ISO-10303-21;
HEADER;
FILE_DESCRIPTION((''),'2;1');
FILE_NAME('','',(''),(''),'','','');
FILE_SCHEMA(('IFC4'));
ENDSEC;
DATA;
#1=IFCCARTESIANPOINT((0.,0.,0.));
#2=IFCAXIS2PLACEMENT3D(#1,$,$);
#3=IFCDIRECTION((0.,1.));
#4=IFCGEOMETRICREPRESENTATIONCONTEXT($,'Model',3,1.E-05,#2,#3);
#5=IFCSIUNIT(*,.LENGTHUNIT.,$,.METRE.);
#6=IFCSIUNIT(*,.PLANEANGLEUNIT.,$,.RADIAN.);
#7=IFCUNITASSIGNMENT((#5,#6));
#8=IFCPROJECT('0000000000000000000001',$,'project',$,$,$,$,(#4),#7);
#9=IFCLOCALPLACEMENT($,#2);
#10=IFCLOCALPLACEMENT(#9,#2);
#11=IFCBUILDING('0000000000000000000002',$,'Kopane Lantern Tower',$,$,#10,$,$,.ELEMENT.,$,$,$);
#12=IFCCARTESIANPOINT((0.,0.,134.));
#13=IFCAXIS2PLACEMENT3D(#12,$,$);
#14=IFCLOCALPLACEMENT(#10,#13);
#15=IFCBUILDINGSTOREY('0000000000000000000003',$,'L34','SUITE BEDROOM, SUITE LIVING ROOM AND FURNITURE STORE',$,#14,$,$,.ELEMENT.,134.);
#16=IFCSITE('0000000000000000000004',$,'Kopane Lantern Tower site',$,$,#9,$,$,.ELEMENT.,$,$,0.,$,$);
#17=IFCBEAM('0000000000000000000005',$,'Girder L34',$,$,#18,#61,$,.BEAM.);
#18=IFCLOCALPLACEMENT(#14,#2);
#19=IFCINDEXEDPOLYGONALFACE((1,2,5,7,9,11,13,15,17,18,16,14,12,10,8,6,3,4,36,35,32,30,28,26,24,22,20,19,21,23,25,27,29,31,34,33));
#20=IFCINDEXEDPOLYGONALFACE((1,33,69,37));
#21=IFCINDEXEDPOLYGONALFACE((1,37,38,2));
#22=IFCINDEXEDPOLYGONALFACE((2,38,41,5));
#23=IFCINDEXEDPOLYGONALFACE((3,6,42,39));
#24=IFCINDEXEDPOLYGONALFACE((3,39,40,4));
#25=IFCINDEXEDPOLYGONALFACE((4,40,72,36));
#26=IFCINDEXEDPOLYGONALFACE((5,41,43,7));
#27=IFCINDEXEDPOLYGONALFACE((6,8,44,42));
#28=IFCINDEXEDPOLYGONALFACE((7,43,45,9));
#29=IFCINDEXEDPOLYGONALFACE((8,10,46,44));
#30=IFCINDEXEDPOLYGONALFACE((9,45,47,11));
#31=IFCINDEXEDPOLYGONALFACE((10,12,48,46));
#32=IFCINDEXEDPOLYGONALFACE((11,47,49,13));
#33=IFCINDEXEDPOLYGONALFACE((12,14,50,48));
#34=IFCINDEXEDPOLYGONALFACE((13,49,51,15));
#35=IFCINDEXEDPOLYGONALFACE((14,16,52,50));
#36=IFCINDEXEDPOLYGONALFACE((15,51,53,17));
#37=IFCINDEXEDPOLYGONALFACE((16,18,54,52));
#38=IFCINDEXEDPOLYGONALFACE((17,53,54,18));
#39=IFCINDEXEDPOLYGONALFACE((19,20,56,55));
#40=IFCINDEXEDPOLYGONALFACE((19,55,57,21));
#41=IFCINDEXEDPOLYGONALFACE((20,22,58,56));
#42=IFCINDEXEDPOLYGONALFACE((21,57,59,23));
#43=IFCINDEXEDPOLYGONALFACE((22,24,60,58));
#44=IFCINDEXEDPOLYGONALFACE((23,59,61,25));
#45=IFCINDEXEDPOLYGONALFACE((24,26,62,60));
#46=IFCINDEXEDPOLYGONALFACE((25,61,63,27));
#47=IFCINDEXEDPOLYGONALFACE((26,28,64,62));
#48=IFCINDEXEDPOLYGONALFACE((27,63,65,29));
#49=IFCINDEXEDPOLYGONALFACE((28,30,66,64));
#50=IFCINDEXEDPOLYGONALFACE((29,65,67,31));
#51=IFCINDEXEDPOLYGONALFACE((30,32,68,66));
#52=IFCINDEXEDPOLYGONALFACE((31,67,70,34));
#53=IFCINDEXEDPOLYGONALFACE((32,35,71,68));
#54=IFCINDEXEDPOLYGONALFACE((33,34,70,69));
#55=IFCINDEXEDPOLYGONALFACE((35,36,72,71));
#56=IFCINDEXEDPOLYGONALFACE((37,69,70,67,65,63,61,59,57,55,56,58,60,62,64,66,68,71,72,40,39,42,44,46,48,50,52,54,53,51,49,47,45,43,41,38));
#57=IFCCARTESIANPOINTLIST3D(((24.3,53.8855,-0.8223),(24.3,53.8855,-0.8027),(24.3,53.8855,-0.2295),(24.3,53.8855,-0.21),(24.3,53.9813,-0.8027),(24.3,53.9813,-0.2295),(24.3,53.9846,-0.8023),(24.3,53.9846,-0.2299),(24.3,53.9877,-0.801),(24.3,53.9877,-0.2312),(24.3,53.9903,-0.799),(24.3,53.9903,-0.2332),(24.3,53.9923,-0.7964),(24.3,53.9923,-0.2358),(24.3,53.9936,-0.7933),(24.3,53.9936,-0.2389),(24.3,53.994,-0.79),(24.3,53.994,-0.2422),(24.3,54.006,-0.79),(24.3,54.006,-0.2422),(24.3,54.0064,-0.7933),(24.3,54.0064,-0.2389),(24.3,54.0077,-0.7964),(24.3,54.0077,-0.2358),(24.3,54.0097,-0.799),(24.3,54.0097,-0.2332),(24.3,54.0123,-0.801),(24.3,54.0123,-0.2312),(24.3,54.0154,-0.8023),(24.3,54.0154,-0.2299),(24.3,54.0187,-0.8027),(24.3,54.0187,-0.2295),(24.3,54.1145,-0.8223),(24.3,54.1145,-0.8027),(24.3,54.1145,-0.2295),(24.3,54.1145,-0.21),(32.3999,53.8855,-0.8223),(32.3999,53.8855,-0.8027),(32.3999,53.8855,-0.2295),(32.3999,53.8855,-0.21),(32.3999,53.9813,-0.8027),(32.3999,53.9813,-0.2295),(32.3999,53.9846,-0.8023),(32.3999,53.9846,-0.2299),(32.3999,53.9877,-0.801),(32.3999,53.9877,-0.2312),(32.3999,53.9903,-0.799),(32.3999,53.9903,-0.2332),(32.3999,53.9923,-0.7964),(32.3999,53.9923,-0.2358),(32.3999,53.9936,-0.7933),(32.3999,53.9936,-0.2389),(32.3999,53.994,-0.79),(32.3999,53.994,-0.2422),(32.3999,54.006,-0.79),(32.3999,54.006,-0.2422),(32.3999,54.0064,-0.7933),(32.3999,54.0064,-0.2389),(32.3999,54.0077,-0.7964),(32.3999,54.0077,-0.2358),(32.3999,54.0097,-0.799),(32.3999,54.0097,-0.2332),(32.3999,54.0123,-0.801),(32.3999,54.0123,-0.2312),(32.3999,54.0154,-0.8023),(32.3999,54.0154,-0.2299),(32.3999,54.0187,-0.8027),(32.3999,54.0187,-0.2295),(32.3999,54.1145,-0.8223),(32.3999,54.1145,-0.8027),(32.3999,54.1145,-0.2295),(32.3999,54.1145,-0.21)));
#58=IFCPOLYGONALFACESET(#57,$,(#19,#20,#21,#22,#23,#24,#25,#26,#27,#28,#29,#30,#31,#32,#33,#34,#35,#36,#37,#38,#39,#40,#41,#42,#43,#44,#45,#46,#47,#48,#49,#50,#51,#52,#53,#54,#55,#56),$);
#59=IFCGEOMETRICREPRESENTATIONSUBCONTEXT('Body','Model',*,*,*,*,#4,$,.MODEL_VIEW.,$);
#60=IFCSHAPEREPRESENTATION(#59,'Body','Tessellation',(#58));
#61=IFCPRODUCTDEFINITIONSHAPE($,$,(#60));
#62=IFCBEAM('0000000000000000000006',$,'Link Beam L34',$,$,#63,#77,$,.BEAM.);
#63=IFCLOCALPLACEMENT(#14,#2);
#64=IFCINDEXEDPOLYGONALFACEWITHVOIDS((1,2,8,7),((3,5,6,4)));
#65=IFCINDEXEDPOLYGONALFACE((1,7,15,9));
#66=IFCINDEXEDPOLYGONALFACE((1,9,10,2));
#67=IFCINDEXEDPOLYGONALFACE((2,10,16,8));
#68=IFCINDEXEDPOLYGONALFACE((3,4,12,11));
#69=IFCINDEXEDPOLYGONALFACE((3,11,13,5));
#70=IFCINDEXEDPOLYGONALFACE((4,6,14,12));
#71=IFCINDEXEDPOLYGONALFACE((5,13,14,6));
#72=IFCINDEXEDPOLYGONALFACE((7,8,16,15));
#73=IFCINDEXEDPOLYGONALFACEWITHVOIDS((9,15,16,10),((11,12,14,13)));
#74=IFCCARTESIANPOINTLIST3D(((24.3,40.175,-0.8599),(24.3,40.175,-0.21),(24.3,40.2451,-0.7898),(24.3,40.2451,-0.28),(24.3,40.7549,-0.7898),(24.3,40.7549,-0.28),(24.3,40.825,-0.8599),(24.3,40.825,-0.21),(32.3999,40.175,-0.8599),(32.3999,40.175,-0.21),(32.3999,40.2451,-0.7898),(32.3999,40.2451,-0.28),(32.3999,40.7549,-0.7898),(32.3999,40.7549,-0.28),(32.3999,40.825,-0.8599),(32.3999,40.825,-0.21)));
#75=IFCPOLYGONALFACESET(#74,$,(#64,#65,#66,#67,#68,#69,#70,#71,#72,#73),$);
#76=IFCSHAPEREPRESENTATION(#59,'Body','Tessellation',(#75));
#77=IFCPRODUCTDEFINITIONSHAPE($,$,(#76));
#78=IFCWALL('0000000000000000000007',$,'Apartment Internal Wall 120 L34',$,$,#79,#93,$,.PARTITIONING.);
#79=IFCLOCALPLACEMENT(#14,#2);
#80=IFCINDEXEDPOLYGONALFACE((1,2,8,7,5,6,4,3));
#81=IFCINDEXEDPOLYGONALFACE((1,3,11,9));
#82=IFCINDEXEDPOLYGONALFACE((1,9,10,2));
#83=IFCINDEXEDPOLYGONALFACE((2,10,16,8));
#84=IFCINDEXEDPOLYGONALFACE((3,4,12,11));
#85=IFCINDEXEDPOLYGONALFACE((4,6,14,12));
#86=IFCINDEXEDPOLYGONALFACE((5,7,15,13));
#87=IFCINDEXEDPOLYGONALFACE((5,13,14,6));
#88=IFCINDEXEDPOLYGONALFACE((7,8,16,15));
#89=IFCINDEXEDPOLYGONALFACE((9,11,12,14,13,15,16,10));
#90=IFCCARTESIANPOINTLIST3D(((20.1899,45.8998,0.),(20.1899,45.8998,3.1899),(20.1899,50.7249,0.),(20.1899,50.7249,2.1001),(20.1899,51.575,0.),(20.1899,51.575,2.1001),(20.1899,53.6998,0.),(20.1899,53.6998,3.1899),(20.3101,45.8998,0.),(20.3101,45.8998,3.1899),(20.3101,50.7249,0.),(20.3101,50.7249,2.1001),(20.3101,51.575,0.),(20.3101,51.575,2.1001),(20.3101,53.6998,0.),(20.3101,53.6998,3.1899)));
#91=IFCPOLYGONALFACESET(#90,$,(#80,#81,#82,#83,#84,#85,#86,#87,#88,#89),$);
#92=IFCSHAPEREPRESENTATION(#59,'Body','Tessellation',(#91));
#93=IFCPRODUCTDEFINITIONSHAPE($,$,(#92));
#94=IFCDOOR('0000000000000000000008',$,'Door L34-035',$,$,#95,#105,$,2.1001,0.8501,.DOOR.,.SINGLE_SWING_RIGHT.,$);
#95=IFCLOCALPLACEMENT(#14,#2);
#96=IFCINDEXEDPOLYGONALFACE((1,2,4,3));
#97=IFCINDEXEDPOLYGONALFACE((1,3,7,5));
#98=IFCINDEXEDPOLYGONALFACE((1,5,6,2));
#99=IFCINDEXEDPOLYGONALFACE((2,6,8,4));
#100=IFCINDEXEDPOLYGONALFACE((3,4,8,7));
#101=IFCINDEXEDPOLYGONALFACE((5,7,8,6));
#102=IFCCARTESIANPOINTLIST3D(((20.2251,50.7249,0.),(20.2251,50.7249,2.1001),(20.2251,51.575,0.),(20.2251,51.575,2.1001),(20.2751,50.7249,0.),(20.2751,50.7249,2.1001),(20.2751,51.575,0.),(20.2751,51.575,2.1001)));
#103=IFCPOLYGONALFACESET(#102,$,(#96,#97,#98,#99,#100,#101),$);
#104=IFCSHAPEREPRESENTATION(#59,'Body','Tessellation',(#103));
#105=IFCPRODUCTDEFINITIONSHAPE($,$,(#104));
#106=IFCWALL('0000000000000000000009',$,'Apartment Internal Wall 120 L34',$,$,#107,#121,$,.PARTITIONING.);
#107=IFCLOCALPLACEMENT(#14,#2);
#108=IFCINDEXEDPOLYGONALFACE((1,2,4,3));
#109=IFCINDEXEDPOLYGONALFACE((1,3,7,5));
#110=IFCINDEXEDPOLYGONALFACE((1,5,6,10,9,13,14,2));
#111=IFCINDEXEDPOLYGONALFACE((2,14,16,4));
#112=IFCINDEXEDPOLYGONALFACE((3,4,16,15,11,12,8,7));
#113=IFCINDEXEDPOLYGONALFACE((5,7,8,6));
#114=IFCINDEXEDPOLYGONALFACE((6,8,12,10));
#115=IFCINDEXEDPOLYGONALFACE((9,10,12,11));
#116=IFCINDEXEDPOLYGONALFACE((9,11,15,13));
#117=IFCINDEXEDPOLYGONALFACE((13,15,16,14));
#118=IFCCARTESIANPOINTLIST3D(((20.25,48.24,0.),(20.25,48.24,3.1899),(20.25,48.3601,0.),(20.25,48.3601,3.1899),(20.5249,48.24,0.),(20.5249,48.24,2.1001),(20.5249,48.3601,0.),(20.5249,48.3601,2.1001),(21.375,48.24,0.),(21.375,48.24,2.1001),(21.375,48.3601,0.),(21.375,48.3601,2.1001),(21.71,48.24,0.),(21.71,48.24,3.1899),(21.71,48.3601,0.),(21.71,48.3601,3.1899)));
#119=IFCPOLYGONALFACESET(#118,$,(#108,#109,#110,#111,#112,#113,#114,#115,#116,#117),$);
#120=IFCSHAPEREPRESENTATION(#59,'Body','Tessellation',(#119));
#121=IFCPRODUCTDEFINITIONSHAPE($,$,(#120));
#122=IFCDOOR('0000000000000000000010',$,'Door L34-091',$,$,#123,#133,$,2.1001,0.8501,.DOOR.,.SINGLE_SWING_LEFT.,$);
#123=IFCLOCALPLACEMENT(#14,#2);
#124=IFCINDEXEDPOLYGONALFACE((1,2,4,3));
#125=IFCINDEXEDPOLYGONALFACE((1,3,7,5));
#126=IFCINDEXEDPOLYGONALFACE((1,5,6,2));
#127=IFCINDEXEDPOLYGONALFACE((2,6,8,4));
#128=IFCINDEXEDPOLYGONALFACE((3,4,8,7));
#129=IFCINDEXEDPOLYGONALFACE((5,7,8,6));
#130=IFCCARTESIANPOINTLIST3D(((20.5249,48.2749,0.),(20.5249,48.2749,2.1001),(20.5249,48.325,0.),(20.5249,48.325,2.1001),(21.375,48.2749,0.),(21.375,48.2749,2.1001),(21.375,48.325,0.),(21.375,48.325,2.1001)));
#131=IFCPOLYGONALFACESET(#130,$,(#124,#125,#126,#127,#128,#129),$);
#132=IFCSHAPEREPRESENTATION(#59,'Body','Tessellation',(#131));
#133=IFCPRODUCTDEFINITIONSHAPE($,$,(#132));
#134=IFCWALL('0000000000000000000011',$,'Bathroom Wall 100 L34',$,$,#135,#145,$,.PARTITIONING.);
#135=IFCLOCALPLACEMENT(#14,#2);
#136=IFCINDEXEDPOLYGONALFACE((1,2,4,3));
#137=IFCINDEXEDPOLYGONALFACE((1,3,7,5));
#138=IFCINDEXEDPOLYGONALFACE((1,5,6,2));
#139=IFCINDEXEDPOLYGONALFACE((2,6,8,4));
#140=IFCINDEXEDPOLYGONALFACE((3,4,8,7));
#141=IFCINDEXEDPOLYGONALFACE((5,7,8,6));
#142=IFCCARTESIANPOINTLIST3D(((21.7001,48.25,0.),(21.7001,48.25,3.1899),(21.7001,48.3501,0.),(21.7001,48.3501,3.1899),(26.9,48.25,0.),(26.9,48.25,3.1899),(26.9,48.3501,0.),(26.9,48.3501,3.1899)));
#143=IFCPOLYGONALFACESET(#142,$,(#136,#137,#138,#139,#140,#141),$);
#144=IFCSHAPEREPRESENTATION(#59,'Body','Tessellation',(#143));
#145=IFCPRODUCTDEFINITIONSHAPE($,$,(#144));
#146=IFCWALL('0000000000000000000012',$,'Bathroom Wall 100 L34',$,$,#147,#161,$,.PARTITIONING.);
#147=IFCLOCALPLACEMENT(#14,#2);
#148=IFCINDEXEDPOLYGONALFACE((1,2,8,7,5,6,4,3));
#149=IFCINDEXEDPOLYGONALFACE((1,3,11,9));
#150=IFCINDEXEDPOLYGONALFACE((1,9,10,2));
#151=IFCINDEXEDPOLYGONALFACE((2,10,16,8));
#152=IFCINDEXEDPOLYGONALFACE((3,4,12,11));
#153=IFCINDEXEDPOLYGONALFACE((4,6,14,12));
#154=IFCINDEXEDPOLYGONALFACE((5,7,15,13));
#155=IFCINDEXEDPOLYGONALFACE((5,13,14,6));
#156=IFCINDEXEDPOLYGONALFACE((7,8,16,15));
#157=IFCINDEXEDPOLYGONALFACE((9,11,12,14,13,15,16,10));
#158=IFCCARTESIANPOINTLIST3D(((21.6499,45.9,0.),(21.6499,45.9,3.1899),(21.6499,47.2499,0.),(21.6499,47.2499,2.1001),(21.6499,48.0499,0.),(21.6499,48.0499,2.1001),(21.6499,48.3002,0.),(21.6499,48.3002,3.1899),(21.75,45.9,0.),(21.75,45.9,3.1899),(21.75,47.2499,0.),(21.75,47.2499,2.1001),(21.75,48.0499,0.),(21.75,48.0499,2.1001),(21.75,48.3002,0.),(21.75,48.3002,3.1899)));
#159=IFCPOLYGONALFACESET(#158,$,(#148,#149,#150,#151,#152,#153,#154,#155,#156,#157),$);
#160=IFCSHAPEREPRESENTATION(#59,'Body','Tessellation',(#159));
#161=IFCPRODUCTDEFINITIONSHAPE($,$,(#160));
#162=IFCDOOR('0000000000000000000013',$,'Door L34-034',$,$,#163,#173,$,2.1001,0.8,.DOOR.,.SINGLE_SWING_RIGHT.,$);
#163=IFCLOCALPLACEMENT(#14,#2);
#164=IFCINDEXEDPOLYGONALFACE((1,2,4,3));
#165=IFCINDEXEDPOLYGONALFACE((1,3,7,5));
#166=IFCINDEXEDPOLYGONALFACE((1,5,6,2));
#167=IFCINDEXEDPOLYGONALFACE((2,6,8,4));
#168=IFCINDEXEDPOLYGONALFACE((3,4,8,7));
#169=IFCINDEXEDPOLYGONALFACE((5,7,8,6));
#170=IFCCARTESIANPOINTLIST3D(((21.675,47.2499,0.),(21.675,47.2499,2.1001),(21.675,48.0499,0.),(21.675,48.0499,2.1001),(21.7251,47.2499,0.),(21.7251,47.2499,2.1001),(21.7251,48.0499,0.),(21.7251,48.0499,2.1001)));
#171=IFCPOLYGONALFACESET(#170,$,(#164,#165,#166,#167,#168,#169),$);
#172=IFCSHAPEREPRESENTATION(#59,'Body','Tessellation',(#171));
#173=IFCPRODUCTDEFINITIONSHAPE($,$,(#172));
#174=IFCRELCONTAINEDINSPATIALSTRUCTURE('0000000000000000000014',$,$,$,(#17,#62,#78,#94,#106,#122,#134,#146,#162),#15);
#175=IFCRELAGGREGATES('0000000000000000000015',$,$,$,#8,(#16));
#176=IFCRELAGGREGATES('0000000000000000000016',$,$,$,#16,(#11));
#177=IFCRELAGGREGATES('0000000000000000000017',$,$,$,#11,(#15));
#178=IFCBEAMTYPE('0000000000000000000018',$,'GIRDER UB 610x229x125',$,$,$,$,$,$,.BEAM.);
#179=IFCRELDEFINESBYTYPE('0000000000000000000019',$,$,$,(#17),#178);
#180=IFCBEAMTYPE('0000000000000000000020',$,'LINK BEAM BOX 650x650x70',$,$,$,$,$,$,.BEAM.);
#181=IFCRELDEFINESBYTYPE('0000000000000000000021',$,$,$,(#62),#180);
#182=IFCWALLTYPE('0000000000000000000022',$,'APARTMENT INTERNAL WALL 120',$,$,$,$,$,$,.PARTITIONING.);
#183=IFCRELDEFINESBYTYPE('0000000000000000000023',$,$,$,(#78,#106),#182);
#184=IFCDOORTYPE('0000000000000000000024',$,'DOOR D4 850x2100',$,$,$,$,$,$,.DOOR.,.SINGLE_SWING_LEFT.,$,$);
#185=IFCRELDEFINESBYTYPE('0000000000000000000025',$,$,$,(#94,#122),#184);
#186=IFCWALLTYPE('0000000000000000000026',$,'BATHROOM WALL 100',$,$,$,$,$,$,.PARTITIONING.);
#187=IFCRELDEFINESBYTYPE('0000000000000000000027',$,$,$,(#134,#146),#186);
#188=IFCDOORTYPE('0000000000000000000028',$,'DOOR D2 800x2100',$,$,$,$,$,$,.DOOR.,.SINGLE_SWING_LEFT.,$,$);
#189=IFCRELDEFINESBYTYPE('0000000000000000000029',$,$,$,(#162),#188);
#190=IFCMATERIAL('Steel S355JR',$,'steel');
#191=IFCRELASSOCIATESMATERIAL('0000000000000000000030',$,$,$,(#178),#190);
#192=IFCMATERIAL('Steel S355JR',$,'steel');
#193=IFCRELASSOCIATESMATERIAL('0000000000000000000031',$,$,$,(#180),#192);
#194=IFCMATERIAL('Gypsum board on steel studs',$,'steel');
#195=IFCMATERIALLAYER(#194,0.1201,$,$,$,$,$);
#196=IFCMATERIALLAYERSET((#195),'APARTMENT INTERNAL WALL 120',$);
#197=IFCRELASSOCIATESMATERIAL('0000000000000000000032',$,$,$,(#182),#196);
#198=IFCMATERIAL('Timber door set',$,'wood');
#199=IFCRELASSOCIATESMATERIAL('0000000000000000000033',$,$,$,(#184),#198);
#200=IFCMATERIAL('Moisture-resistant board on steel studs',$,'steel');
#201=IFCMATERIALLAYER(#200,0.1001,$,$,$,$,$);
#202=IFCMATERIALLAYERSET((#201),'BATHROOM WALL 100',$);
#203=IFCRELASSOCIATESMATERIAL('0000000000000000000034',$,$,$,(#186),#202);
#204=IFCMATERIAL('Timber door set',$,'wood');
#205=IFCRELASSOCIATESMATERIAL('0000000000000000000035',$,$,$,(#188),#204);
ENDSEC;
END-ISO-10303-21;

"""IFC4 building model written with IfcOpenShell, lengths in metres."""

from ifc_helpers import new_model, si_unit, direction, frame, frame_2d, origin, origin_2d, place, context, subcontext, project, spatial, rectangle, hollow_rectangle, i_section, extrude, material, layer, layer_set, material_profile, profile_set, type_object, element, fill, save


model = new_model("IFC4")

# Units and contexts
model_context = context("Model", 3, precision=1e-05, world=origin(), true_north=direction((0.0, 1.0)))
body_context = subcontext(model_context, "Body", "Model", "MODEL_VIEW")
ifc_project = project(units=[si_unit("LENGTHUNIT", "METRE"), si_unit("PLANEANGLEUNIT", "RADIAN")], contexts=[model_context])

# Site, building, storey
site_placement = place(None, origin())
site = spatial("IfcSite", under=ifc_project, at=site_placement, Name="Kopane Lantern Tower site", CompositionType="ELEMENT", RefElevation=0.0)
building_placement = place(site_placement, origin())
building = spatial("IfcBuilding", under=site, at=building_placement, Name="Kopane Lantern Tower", CompositionType="ELEMENT")
storey_placement = place(building_placement, frame((0.0, 0.0, 134.0)))
storey = spatial("IfcBuildingStorey", under=building, at=storey_placement, Name="L34", Description="SUITE BEDROOM, SUITE LIVING ROOM AND FURNITURE STORE", CompositionType="ELEMENT", Elevation=134.0)

# Beams
ifc_material_1 = material(Name="Steel S355JR", Category="steel")
ifc_material_profile_1 = material_profile(ifc_material_1, i_section(OverallWidth=0.229, OverallDepth=0.6123, WebThickness=0.012, FlangeThickness=0.0195, FilletRadius=0.0127, at=origin_2d()), Name="UB 610x229x125")
ifc_profile_set_1 = profile_set([ifc_material_profile_1], Name="Steel S355JR")
beam_type_1 = type_object("IfcBeamType", Name="GIRDER UB 610x229x125", PredefinedType="BEAM", material=ifc_profile_set_1)
for number, where, z_axis, x_axis, name in (
    (1, (24.3, 54.0, -0.5161), (1.0, 0.0, 0.0), (0.0, 1.0, 0.0), "Girder L34"),
):
    element("IfcBeam", number, at=place(storey_placement, frame(where, z_axis=z_axis, x_axis=x_axis)), inside=storey, type_object=beam_type_1, Name=name, PredefinedType="BEAM", context=body_context, shape_type="SweptSolid", body=[
        extrude(i_section(OverallWidth=0.229, OverallDepth=0.6123, WebThickness=0.012, FlangeThickness=0.0195, FilletRadius=0.0127, at=origin_2d()), origin(), (0.0, 0.0, 1.0), 8.0999),
    ])
ifc_material_2 = material(Name="Steel S355JR", Category="steel")
ifc_material_profile_2 = material_profile(ifc_material_2, hollow_rectangle(XDim=0.6499, YDim=0.6499, WallThickness=0.0701, at=origin_2d()), Name="BOX 650x650x70")
ifc_profile_set_2 = profile_set([ifc_material_profile_2], Name="Steel S355JR")
beam_type_2 = type_object("IfcBeamType", Name="LINK BEAM BOX 650x650x70", PredefinedType="BEAM", material=ifc_profile_set_2)
beam_1_placement = place(storey_placement, frame((24.3, 40.5, -0.5349), z_axis=(1.0, 0.0, 0.0), x_axis=(0.0, 1.0, 0.0)))
element("IfcBeam", 2, at=beam_1_placement, inside=storey, type_object=beam_type_2, Name="Link Beam L34", PredefinedType="BEAM", context=body_context, shape_type="SweptSolid", body=[
    extrude(hollow_rectangle(XDim=0.6499, YDim=0.6499, WallThickness=0.0701, at=origin_2d()), origin(), (0.0, 0.0, 1.0), 8.0999),
])

# Walls, openings, doors
ifc_material_3 = material(Name="Gypsum board on steel studs", Category="steel")
ifc_layer_1 = layer(ifc_material_3, 0.1201)
ifc_layer_set_1 = layer_set([ifc_layer_1], Name="APARTMENT INTERNAL WALL 120")
wall_type_1 = type_object("IfcWallType", Name="APARTMENT INTERNAL WALL 120", PredefinedType="PARTITIONING", material=ifc_layer_set_1)
wall_1_placement = place(storey_placement, frame((20.25, 45.8999, 0.0), z_axis=(0.0, 0.0, 1.0), x_axis=(0.0, 1.0, 0.0)))
wall_1 = element("IfcWall", 3, at=wall_1_placement, inside=storey, type_object=wall_type_1, Name="Apartment Internal Wall 120 L34", PredefinedType="PARTITIONING", context=body_context, shape_type="SweptSolid", body=[
    extrude(rectangle(XDim=7.8, YDim=0.1201, at=frame_2d((3.8999, 0.0))), origin(), (0.0, 0.0, 1.0), 3.1899),
])
opening_1_placement = place(wall_1_placement, frame((4.825, 0.0, 0.0)))
opening_1 = element("IfcOpeningElement", 4, at=opening_1_placement, cuts=wall_1, PredefinedType="OPENING", context=body_context, shape_type="SweptSolid", body=[
    extrude(rectangle(XDim=0.8501, YDim=2.1001, at=frame_2d((0.425, 1.05))), frame((0.0, 0.0701, 0.0), z_axis=(0.0, -1.0, 0.0), x_axis=(1.0, 0.0, 0.0)), (0.0, 0.0, 1.0), 0.1401),
])
ifc_material_4 = material(Name="Timber door set", Category="wood")
door_type_1 = type_object("IfcDoorType", Name="DOOR D4 850x2100", OperationType="SINGLE_SWING_LEFT", PredefinedType="DOOR", material=ifc_material_4)
door_1_placement = place(opening_1_placement, origin())
door_1 = element("IfcDoor", 5, at=door_1_placement, inside=storey, type_object=door_type_1, Name="Door L34-035", OperationType="SINGLE_SWING_RIGHT", OverallHeight=2.1001, OverallWidth=0.8501, PredefinedType="DOOR", context=body_context, shape_type="SweptSolid", body=[
    extrude(rectangle(XDim=0.8501, YDim=2.1001, at=frame_2d((0.425, 1.05))), frame((0.0, 0.0249, 0.0), z_axis=(0.0, -1.0, 0.0), x_axis=(1.0, 0.0, 0.0)), (0.0, 0.0, 1.0), 0.05),
])
fill(opening_1, door_1)
wall_2_placement = place(storey_placement, frame((20.25, 48.3, 0.0), z_axis=(0.0, 0.0, 1.0), x_axis=(1.0, 0.0, 0.0)))
wall_2 = element("IfcWall", 6, at=wall_2_placement, inside=storey, type_object=wall_type_1, Name="Apartment Internal Wall 120 L34", PredefinedType="PARTITIONING", context=body_context, shape_type="SweptSolid", body=[
    extrude(rectangle(XDim=1.46, YDim=0.1201, at=frame_2d((0.73, 0.0))), origin(), (0.0, 0.0, 1.0), 3.1899),
])
opening_2_placement = place(wall_2_placement, frame((0.2749, 0.0, 0.0)))
opening_2 = element("IfcOpeningElement", 7, at=opening_2_placement, cuts=wall_2, PredefinedType="OPENING", context=body_context, shape_type="SweptSolid", body=[
    extrude(rectangle(XDim=0.8501, YDim=2.1001, at=frame_2d((0.425, 1.05))), frame((0.0, 0.0701, 0.0), z_axis=(0.0, -1.0, 0.0), x_axis=(1.0, 0.0, 0.0)), (0.0, 0.0, 1.0), 0.1401),
])
door_2_placement = place(opening_2_placement, origin())
door_2 = element("IfcDoor", 8, at=door_2_placement, inside=storey, type_object=door_type_1, Name="Door L34-091", OperationType="SINGLE_SWING_LEFT", OverallHeight=2.1001, OverallWidth=0.8501, PredefinedType="DOOR", context=body_context, shape_type="SweptSolid", body=[
    extrude(rectangle(XDim=0.8501, YDim=2.1001, at=frame_2d((0.425, 1.05))), frame((0.0, 0.0249, 0.0), z_axis=(0.0, -1.0, 0.0), x_axis=(1.0, 0.0, 0.0)), (0.0, 0.0, 1.0), 0.05),
])
fill(opening_2, door_2)

# Wall
ifc_material_5 = material(Name="Moisture-resistant board on steel studs", Category="steel")
ifc_layer_2 = layer(ifc_material_5, 0.1001)
ifc_layer_set_2 = layer_set([ifc_layer_2], Name="BATHROOM WALL 100")
wall_type_2 = type_object("IfcWallType", Name="BATHROOM WALL 100", PredefinedType="PARTITIONING", material=ifc_layer_set_2)
wall_3_placement = place(storey_placement, frame((21.7, 48.3, 0.0), z_axis=(0.0, 0.0, 1.0), x_axis=(1.0, 0.0, 0.0)))
element("IfcWall", 9, at=wall_3_placement, inside=storey, type_object=wall_type_2, Name="Bathroom Wall 100 L34", PredefinedType="PARTITIONING", context=body_context, shape_type="SweptSolid", body=[
    extrude(rectangle(XDim=5.2, YDim=0.1001, at=frame_2d((2.6001, 0.0))), origin(), (0.0, 0.0, 1.0), 3.1899),
])

# Wall, opening, door
wall_4_placement = place(storey_placement, frame((21.7, 45.8999, 0.0), z_axis=(0.0, 0.0, 1.0), x_axis=(0.0, 1.0, 0.0)))
wall_4 = element("IfcWall", 10, at=wall_4_placement, inside=storey, type_object=wall_type_2, Name="Bathroom Wall 100 L34", PredefinedType="PARTITIONING", context=body_context, shape_type="SweptSolid", body=[
    extrude(rectangle(XDim=2.4001, YDim=0.1001, at=frame_2d((1.2002, 0.0))), origin(), (0.0, 0.0, 1.0), 3.1899),
])
opening_3_placement = place(wall_4_placement, frame((1.3501, 0.0, 0.0)))
opening_3 = element("IfcOpeningElement", 11, at=opening_3_placement, cuts=wall_4, PredefinedType="OPENING", context=body_context, shape_type="SweptSolid", body=[
    extrude(rectangle(XDim=0.8, YDim=2.1001, at=frame_2d((0.3999, 1.05))), frame((0.0, 0.0601, 0.0), z_axis=(0.0, -1.0, 0.0), x_axis=(1.0, 0.0, 0.0)), (0.0, 0.0, 1.0), 0.1201),
])
ifc_material_6 = material(Name="Timber door set", Category="wood")
door_type_2 = type_object("IfcDoorType", Name="DOOR D2 800x2100", OperationType="SINGLE_SWING_LEFT", PredefinedType="DOOR", material=ifc_material_6)
door_3_placement = place(opening_3_placement, origin())
door_3 = element("IfcDoor", 12, at=door_3_placement, inside=storey, type_object=door_type_2, Name="Door L34-034", OperationType="SINGLE_SWING_RIGHT", OverallHeight=2.1001, OverallWidth=0.8, PredefinedType="DOOR", context=body_context, shape_type="SweptSolid", body=[
    extrude(rectangle(XDim=0.8, YDim=2.1001, at=frame_2d((0.3999, 1.05))), frame((0.0, 0.0249, 0.0), z_axis=(0.0, -1.0, 0.0), x_axis=(1.0, 0.0, 0.0)), (0.0, 0.0, 1.0), 0.05),
])
fill(opening_3, door_3)

save(model, "model.ifc")
